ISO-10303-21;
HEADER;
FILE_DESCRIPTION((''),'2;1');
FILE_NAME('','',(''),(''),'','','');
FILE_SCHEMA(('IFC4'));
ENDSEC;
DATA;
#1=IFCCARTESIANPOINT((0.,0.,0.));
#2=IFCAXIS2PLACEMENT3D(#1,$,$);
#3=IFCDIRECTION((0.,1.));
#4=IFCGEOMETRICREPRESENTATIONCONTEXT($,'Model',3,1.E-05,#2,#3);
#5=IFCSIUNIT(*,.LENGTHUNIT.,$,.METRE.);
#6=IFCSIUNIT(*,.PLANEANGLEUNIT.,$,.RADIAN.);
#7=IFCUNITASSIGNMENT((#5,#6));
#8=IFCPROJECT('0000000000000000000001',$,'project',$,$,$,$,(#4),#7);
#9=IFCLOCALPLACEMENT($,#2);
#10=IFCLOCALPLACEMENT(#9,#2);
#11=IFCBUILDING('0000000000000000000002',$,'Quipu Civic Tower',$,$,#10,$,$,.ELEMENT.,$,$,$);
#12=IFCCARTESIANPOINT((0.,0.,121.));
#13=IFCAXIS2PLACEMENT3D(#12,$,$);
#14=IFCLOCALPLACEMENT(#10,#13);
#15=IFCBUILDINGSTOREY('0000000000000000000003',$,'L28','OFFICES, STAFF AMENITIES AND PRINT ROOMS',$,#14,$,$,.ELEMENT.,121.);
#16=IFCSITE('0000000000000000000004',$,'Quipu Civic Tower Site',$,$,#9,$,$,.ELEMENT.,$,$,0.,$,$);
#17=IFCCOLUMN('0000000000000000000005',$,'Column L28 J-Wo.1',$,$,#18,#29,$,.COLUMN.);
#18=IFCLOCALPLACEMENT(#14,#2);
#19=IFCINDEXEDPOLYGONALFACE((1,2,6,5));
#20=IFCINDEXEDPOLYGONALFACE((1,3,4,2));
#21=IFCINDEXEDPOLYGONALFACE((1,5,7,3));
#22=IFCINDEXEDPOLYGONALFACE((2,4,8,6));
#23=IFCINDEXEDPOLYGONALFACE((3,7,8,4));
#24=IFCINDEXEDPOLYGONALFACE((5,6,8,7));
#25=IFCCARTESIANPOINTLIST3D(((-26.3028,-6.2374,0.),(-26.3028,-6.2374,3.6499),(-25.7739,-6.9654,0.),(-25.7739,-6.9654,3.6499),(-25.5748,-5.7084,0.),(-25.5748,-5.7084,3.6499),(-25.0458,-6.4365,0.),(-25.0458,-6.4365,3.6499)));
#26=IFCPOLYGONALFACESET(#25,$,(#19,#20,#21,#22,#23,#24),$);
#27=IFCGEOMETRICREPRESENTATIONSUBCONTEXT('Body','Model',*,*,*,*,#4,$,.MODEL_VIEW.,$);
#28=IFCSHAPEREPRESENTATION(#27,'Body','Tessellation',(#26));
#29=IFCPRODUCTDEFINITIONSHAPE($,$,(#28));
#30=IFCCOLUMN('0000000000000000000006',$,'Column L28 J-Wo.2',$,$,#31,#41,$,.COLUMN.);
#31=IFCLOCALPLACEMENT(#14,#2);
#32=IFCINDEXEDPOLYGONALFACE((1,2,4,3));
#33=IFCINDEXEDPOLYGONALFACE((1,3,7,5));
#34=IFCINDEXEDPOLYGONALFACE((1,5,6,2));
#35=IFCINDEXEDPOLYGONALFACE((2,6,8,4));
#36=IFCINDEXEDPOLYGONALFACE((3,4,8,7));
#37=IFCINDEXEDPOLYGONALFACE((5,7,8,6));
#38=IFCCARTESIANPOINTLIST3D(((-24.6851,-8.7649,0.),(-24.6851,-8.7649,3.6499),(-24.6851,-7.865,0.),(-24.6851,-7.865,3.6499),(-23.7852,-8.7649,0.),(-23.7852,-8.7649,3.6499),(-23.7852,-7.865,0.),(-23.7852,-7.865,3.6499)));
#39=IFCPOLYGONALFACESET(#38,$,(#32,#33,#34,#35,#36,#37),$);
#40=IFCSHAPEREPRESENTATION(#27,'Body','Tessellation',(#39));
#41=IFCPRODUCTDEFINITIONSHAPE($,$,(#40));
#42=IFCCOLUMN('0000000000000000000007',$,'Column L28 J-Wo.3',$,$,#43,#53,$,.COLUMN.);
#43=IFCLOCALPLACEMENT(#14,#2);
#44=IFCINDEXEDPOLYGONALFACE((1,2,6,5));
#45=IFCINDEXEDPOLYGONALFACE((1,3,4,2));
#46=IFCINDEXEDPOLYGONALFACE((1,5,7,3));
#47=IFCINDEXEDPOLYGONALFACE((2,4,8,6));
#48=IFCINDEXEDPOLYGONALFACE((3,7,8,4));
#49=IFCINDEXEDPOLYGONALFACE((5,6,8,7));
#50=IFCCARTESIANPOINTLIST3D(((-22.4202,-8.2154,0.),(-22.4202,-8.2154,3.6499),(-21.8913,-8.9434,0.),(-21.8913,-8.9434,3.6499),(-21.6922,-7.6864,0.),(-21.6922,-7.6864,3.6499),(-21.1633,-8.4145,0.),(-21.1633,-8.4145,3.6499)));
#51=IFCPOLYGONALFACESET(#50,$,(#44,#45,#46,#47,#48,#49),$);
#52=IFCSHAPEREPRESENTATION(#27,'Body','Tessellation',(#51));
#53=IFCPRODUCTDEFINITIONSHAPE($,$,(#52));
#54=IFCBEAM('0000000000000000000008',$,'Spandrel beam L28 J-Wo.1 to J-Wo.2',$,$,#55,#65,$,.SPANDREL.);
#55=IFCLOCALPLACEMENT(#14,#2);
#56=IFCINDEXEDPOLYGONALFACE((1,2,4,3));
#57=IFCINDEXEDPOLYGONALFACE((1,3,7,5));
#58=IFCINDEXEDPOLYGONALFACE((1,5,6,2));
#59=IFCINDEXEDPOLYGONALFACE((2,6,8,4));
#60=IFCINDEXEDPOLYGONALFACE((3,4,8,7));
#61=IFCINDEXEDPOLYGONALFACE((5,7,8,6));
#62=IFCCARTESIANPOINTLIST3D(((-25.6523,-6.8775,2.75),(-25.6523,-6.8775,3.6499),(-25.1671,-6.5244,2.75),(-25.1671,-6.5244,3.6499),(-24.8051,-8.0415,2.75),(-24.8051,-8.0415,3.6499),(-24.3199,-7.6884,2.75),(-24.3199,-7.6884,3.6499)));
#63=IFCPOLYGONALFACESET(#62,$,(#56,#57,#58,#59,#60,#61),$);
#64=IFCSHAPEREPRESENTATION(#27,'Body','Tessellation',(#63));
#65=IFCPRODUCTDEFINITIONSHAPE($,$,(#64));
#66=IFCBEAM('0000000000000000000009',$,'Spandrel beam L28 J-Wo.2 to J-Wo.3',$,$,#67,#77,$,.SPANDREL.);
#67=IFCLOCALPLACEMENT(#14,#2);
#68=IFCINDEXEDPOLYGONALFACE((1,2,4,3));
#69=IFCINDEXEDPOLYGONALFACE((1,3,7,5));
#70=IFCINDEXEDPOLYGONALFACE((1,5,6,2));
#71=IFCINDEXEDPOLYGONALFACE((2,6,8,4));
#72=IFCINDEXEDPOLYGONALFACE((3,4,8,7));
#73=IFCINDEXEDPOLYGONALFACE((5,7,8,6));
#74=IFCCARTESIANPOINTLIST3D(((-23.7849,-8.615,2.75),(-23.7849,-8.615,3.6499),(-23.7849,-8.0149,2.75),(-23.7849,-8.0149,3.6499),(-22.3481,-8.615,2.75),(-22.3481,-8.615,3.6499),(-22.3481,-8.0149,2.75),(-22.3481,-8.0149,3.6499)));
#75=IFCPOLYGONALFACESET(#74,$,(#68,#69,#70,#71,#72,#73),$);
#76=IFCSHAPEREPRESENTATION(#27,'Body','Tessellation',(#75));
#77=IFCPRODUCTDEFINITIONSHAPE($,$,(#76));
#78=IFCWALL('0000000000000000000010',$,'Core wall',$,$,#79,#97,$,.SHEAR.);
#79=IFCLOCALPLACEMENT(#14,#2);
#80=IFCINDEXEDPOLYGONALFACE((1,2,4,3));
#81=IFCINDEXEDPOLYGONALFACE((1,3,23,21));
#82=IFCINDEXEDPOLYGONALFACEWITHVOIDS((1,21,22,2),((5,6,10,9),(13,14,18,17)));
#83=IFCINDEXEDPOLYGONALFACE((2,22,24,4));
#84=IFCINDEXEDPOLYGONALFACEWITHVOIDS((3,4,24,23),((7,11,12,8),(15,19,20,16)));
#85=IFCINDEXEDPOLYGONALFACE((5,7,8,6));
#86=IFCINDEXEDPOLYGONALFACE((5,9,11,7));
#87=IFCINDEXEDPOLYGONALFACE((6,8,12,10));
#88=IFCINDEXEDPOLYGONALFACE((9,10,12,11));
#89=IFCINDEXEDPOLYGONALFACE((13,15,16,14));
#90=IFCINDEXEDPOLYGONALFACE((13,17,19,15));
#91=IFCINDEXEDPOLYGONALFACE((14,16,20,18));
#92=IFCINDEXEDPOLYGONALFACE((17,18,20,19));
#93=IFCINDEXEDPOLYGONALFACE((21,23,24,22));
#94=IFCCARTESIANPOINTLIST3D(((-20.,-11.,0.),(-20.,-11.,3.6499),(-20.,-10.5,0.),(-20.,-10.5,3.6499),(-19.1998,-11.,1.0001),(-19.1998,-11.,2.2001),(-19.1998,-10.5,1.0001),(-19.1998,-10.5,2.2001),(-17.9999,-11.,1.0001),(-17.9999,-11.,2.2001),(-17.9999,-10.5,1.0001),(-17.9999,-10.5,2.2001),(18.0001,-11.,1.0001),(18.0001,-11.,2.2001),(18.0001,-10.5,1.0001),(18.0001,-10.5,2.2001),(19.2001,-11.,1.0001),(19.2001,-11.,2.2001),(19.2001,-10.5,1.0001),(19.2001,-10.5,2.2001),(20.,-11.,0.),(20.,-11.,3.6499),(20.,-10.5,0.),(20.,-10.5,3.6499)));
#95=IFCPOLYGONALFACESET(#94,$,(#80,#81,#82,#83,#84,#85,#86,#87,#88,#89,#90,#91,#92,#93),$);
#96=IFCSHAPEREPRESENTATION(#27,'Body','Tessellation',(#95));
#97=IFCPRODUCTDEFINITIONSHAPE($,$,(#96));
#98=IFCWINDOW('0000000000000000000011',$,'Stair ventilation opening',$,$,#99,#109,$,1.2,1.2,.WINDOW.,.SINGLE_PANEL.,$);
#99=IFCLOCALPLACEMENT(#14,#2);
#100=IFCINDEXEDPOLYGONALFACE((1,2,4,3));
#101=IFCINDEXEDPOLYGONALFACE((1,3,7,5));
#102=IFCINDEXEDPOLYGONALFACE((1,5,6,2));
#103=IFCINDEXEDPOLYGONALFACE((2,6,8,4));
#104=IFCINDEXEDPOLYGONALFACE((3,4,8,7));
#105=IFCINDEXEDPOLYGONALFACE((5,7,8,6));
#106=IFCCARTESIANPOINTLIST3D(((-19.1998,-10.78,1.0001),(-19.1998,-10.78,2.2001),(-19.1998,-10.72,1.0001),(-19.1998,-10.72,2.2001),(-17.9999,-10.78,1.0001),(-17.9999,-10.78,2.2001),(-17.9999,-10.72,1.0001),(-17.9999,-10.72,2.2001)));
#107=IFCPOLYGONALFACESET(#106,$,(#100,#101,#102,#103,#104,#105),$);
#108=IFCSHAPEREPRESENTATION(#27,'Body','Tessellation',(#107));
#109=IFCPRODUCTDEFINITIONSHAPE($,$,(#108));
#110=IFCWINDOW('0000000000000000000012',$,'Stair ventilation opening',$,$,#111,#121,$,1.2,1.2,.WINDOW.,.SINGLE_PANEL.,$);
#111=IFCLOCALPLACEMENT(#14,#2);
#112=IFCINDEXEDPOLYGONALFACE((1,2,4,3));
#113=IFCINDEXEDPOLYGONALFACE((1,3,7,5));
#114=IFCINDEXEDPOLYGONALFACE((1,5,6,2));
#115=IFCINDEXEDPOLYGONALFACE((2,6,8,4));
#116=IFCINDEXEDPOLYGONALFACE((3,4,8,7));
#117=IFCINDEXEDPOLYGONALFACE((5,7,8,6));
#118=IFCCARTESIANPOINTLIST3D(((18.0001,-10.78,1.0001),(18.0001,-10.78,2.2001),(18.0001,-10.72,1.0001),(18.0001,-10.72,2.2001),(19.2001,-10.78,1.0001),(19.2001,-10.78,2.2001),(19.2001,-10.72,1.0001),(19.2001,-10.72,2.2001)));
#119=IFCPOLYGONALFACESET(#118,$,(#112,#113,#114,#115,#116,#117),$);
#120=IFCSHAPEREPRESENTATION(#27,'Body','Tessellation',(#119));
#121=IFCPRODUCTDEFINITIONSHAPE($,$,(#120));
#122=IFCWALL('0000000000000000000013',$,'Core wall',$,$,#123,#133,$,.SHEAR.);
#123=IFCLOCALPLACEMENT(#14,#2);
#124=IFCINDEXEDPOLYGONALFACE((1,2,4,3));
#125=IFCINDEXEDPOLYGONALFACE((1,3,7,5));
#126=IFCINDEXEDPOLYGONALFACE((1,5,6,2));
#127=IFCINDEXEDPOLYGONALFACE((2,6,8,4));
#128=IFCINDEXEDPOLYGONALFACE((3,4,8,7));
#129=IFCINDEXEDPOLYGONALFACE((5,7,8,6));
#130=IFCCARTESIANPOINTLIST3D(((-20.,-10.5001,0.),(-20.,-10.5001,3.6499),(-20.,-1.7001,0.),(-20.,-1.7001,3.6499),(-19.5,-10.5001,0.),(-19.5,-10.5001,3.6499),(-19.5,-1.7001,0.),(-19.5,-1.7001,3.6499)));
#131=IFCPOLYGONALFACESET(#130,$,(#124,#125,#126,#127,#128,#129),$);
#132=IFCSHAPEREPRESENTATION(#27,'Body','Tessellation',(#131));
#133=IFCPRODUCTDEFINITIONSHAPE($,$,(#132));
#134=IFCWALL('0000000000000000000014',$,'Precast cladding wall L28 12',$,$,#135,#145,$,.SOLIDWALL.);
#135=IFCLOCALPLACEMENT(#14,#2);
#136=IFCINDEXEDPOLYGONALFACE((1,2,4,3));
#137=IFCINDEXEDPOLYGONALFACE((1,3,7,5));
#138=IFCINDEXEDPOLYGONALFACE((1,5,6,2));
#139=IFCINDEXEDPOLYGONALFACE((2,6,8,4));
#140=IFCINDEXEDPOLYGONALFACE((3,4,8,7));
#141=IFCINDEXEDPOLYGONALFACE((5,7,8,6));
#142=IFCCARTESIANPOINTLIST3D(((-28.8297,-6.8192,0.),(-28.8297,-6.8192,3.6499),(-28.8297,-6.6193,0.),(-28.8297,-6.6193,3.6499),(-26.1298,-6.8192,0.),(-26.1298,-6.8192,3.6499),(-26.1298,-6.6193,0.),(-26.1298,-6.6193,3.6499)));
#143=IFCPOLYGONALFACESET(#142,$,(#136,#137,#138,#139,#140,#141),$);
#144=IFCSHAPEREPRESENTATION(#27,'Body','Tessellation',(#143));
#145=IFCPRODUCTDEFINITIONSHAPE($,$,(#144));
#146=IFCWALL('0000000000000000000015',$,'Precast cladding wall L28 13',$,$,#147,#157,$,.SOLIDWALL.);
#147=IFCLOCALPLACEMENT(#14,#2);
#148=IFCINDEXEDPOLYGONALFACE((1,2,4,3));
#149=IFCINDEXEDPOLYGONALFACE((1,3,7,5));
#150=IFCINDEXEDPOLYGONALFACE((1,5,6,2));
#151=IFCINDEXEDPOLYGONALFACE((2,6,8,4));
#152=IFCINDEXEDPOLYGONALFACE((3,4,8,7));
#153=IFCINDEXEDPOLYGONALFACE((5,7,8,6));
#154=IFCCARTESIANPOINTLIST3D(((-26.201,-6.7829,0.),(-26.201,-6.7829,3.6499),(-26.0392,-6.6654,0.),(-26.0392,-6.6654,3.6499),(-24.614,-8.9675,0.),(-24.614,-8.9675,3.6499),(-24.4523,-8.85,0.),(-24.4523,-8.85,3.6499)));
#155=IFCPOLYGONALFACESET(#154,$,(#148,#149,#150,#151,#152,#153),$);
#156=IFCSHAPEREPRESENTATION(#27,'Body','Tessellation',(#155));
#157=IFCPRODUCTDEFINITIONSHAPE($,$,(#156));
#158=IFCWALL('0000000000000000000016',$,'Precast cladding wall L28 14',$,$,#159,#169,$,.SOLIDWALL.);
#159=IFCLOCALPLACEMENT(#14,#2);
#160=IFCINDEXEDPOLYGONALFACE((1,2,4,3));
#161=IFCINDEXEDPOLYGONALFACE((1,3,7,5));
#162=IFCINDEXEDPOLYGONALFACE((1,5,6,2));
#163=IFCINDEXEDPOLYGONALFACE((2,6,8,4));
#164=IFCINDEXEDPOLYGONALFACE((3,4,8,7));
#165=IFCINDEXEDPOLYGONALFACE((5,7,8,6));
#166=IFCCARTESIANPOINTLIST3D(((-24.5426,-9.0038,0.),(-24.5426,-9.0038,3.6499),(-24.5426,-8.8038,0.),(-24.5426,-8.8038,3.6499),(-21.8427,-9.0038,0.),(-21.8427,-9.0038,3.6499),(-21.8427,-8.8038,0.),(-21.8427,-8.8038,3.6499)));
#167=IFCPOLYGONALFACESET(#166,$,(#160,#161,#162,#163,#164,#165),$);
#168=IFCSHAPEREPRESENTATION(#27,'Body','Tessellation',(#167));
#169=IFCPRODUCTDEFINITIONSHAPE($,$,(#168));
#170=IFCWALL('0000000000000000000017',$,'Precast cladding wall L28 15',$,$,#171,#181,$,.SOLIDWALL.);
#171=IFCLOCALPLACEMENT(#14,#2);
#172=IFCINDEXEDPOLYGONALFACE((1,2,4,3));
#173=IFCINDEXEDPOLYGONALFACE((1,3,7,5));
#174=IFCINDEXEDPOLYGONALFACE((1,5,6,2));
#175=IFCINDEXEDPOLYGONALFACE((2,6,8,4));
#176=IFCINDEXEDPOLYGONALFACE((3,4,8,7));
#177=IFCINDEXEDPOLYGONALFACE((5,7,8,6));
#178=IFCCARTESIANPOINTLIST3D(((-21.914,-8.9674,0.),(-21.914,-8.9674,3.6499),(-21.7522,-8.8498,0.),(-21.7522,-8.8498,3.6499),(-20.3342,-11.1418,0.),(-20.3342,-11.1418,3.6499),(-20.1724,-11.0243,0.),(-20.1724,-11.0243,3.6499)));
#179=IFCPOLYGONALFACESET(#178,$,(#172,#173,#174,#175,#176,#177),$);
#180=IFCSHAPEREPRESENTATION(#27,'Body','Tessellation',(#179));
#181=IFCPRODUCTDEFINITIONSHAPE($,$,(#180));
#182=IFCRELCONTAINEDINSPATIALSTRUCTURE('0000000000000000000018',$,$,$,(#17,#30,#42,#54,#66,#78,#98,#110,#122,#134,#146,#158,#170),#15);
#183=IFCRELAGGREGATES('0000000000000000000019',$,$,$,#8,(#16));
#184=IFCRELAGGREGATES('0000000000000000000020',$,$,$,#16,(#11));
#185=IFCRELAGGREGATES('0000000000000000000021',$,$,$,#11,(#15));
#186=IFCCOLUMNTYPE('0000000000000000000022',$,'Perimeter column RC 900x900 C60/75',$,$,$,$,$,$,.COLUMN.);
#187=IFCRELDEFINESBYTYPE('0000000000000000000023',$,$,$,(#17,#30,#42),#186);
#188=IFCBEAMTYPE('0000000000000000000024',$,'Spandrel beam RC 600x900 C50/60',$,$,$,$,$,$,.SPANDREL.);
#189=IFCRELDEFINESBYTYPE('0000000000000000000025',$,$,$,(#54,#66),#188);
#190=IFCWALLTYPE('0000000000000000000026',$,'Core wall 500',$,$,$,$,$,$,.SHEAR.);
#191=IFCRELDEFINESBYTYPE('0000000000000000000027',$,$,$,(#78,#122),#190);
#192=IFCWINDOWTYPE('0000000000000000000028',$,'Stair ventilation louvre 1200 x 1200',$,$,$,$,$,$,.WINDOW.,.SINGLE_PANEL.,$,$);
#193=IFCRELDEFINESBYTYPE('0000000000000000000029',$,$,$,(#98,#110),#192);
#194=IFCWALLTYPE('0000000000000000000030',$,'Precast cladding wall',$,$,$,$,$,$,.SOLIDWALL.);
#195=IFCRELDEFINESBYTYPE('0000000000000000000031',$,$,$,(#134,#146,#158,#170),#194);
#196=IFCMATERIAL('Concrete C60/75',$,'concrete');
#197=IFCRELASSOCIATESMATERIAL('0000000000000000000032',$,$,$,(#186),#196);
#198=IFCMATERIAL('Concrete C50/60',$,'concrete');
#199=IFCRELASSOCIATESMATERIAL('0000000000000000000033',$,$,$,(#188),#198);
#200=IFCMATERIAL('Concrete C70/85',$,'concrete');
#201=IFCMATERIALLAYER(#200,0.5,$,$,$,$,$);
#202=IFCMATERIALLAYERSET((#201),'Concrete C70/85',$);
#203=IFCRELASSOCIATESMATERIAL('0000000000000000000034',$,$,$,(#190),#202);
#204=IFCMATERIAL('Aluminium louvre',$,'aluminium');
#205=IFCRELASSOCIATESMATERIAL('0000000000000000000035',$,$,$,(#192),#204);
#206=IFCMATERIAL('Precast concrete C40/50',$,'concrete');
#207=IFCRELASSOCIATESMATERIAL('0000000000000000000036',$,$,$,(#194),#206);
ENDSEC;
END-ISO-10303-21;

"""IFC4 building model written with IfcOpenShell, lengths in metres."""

from ifc_helpers import new_model, si_unit, direction, frame, frame_2d, origin, origin_2d, place, context, subcontext, project, spatial, rectangle, extrude, material, layer, layer_set, material_profile, profile_set, type_object, element, fill, save


model = new_model("IFC4")

# Units and contexts
model_context = context("Model", 3, precision=1e-05, world=origin(), true_north=direction((0.0, 1.0)))
body_context = subcontext(model_context, "Body", "Model", "MODEL_VIEW")
ifc_project = project(units=[si_unit("LENGTHUNIT", "METRE"), si_unit("PLANEANGLEUNIT", "RADIAN")], contexts=[model_context])

# Site, building, storey
site_placement = place(None, origin())
site = spatial("IfcSite", under=ifc_project, at=site_placement, Name="Quipu Civic Tower Site", CompositionType="ELEMENT", RefElevation=0.0)
building_placement = place(site_placement, origin())
building = spatial("IfcBuilding", under=site, at=building_placement, Name="Quipu Civic Tower", CompositionType="ELEMENT")
storey_placement = place(building_placement, frame((0.0, 0.0, 121.0)))
storey = spatial("IfcBuildingStorey", under=building, at=storey_placement, Name="L28", Description="OFFICES, STAFF AMENITIES AND PRINT ROOMS", CompositionType="ELEMENT", Elevation=121.0)

# Columns
ifc_material_1 = material(Name="Concrete C60/75", Category="concrete")
ifc_material_profile_1 = material_profile(ifc_material_1, rectangle(XDim=0.8999, YDim=0.8999, at=origin_2d()), Name="RC900x900")
ifc_profile_set_1 = profile_set([ifc_material_profile_1], Name="Concrete C60/75")
column_type = type_object("IfcColumnType", Name="Perimeter column RC 900x900 C60/75", PredefinedType="COLUMN", material=ifc_profile_set_1)
for number, where, z_axis, x_axis, name in (
    (1, (-25.6743, -6.3369, 0.0), (0.0, 0.0, 1.0), (0.587785, -0.809017, 0.0), "Column L28 J-Wo.1"),
    (2, (-24.2351, -8.3149, 0.0), (0.0, 0.0, 1.0), (1.0, 0.0, 0.0), "Column L28 J-Wo.2"),
    (3, (-21.7917, -8.3149, 0.0), (0.0, 0.0, 1.0), (0.587785, -0.809017, 0.0), "Column L28 J-Wo.3"),
):
    element("IfcColumn", number, at=place(storey_placement, frame(where, z_axis=z_axis, x_axis=x_axis)), inside=storey, type_object=column_type, Name=name, PredefinedType="COLUMN", context=body_context, shape_type="SweptSolid", body=[
        extrude(rectangle(XDim=0.8999, YDim=0.8999, at=origin_2d()), origin(), (0.0, 0.0, 1.0), 3.6499),
    ])

# Beams
ifc_material_2 = material(Name="Concrete C50/60", Category="concrete")
ifc_material_profile_2 = material_profile(ifc_material_2, rectangle(XDim=0.6001, YDim=0.8999, at=origin_2d()), Name="RC600x900")
ifc_profile_set_2 = profile_set([ifc_material_profile_2], Name="Concrete C50/60")
beam_type = type_object("IfcBeamType", Name="Spandrel beam RC 600x900 C50/60", PredefinedType="SPANDREL", material=ifc_profile_set_2)
beam_1_placement = place(storey_placement, frame((-25.4097, -6.7009, 3.2), z_axis=(0.588434, -0.808545, 0.0), x_axis=(0.808545, 0.588434, 0.0)))
element("IfcBeam", 4, at=beam_1_placement, inside=storey, type_object=beam_type, Name="Spandrel beam L28 J-Wo.1 to J-Wo.2", PredefinedType="SPANDREL", context=body_context, shape_type="SweptSolid", body=[
    extrude(rectangle(XDim=0.6001, YDim=0.8999, at=origin_2d()), origin(), (0.0, 0.0, 1.0), 1.4397),
])
beam_2_placement = place(storey_placement, frame((-23.7849, -8.3149, 3.2), z_axis=(1.0, 0.0, 0.0), x_axis=(0.0, 1.0, 0.0)))
element("IfcBeam", 5, at=beam_2_placement, inside=storey, type_object=beam_type, Name="Spandrel beam L28 J-Wo.2 to J-Wo.3", PredefinedType="SPANDREL", context=body_context, shape_type="SweptSolid", body=[
    extrude(rectangle(XDim=0.6001, YDim=0.8999, at=origin_2d()), origin(), (0.0, 0.0, 1.0), 1.4368),
])

# Wall, openings, windows
ifc_material_3 = material(Name="Concrete C70/85", Category="concrete")
ifc_layer = layer(ifc_material_3, 0.5)
ifc_layer_set = layer_set([ifc_layer], Name="Concrete C70/85")
wall_type_1 = type_object("IfcWallType", Name="Core wall 500", PredefinedType="SHEAR", material=ifc_layer_set)
wall_1_placement = place(storey_placement, frame((-20.0, -10.75, 0.0), z_axis=(0.0, 0.0, 1.0), x_axis=(1.0, 0.0, 0.0)))
wall_1 = element("IfcWall", 6, at=wall_1_placement, inside=storey, type_object=wall_type_1, Name="Core wall", PredefinedType="SHEAR", context=body_context, shape_type="SweptSolid", body=[
    extrude(rectangle(XDim=40.0, YDim=0.5, at=frame_2d((20.0, 0.0))), origin(), (0.0, 0.0, 1.0), 3.6499),
])
opening_1_placement = place(wall_1_placement, frame((0.8, 0.0, 1.0)))
opening_1 = element("IfcOpeningElement", 7, at=opening_1_placement, cuts=wall_1, PredefinedType="OPENING", context=body_context, shape_type="SweptSolid", body=[
    extrude(rectangle(XDim=1.2, YDim=1.2, at=frame_2d((0.6001, 0.6001))), frame((0.0, 0.26, 0.0), z_axis=(0.0, -1.0, 0.0), x_axis=(1.0, 0.0, 0.0)), (0.0, 0.0, 1.0), 0.52),
])
opening_2_placement = place(wall_1_placement, frame((38.0, 0.0, 1.0)))
opening_2 = element("IfcOpeningElement", 8, at=opening_2_placement, cuts=wall_1, PredefinedType="OPENING", context=body_context, shape_type="SweptSolid", body=[
    extrude(rectangle(XDim=1.2, YDim=1.2, at=frame_2d((0.6001, 0.6001))), frame((0.0, 0.26, 0.0), z_axis=(0.0, -1.0, 0.0), x_axis=(1.0, 0.0, 0.0)), (0.0, 0.0, 1.0), 0.52),
])
ifc_material_4 = material(Name="Aluminium louvre", Category="aluminium")
window_type = type_object("IfcWindowType", Name="Stair ventilation louvre 1200 x 1200", PartitioningType="SINGLE_PANEL", PredefinedType="WINDOW", material=ifc_material_4)
window_1_placement = place(opening_1_placement, origin())
window_1 = element("IfcWindow", 9, at=window_1_placement, inside=storey, type_object=window_type, Name="Stair ventilation opening", OverallHeight=1.2, OverallWidth=1.2, PartitioningType="SINGLE_PANEL", PredefinedType="WINDOW", context=body_context, shape_type="SweptSolid", body=[
    extrude(rectangle(XDim=1.2, YDim=1.2, at=frame_2d((0.6001, 0.6001))), frame((0.0, 0.03, 0.0), z_axis=(0.0, -1.0, 0.0), x_axis=(1.0, 0.0, 0.0)), (0.0, 0.0, 1.0), 0.0601),
])
fill(opening_1, window_1)
window_2_placement = place(opening_2_placement, origin())
window_2 = element("IfcWindow", 10, at=window_2_placement, inside=storey, type_object=window_type, Name="Stair ventilation opening", OverallHeight=1.2, OverallWidth=1.2, PartitioningType="SINGLE_PANEL", PredefinedType="WINDOW", context=body_context, shape_type="SweptSolid", body=[
    extrude(rectangle(XDim=1.2, YDim=1.2, at=frame_2d((0.6001, 0.6001))), frame((0.0, 0.03, 0.0), z_axis=(0.0, -1.0, 0.0), x_axis=(1.0, 0.0, 0.0)), (0.0, 0.0, 1.0), 0.0601),
])
fill(opening_2, window_2)

# Walls
wall_2_placement = place(storey_placement, frame((-19.75, -10.5, 0.0), z_axis=(0.0, 0.0, 1.0), x_axis=(0.0, 1.0, 0.0)))
element("IfcWall", 11, at=wall_2_placement, inside=storey, type_object=wall_type_1, Name="Core wall", PredefinedType="SHEAR", context=body_context, shape_type="SweptSolid", body=[
    extrude(rectangle(XDim=8.8, YDim=0.5, at=frame_2d((4.3999, 0.0))), origin(), (0.0, 0.0, 1.0), 3.6499),
])
ifc_material_5 = material(Name="Precast concrete C40/50", Category="concrete")
wall_type_2 = type_object("IfcWallType", Name="Precast cladding wall", PredefinedType="SOLIDWALL", material=ifc_material_5)
wall_3_placement = place(storey_placement, frame((-28.8298, -6.7192, 0.0), z_axis=(0.0, 0.0, 1.0), x_axis=(1.0, 0.0, 0.0)))
element("IfcWall", 12, at=wall_3_placement, inside=storey, type_object=wall_type_2, Name="Precast cladding wall L28 12", PredefinedType="SOLIDWALL", context=body_context, shape_type="SweptSolid", body=[
    extrude(rectangle(XDim=2.7, YDim=0.2, at=frame_2d((1.3501, 0.0))), origin(), (0.0, 0.0, 1.0), 3.6499),
])
wall_4_placement = place(storey_placement, frame((-26.1201, -6.7241, 0.0), z_axis=(0.0, 0.0, 1.0), x_axis=(0.58772, -0.809064, 0.0)))
element("IfcWall", 13, at=wall_4_placement, inside=storey, type_object=wall_type_2, Name="Precast cladding wall L28 13", PredefinedType="SOLIDWALL", context=body_context, shape_type="SweptSolid", body=[
    extrude(rectangle(XDim=2.7002, YDim=0.2, at=frame_2d((1.3501, 0.0))), origin(), (0.0, 0.0, 1.0), 3.6499),
])
wall_5_placement = place(storey_placement, frame((-24.5427, -8.9038, 0.0), z_axis=(0.0, 0.0, 1.0), x_axis=(1.0, 0.0, 0.0)))
element("IfcWall", 14, at=wall_5_placement, inside=storey, type_object=wall_type_2, Name="Precast cladding wall L28 14", PredefinedType="SOLIDWALL", context=body_context, shape_type="SweptSolid", body=[
    extrude(rectangle(XDim=2.7, YDim=0.2, at=frame_2d((1.3501, 0.0))), origin(), (0.0, 0.0, 1.0), 3.6499),
])
wall_6_placement = place(storey_placement, frame((-21.833, -8.9087, 0.0), z_axis=(0.0, 0.0, 1.0), x_axis=(0.587767, -0.809031, 0.0)))
element("IfcWall", 15, at=wall_6_placement, inside=storey, type_object=wall_type_2, Name="Precast cladding wall L28 15", PredefinedType="SOLIDWALL", context=body_context, shape_type="SweptSolid", body=[
    extrude(rectangle(XDim=2.6877, YDim=0.2, at=frame_2d((1.3438, 0.0))), origin(), (0.0, 0.0, 1.0), 3.6499),
])

save(model, "model.ifc")
